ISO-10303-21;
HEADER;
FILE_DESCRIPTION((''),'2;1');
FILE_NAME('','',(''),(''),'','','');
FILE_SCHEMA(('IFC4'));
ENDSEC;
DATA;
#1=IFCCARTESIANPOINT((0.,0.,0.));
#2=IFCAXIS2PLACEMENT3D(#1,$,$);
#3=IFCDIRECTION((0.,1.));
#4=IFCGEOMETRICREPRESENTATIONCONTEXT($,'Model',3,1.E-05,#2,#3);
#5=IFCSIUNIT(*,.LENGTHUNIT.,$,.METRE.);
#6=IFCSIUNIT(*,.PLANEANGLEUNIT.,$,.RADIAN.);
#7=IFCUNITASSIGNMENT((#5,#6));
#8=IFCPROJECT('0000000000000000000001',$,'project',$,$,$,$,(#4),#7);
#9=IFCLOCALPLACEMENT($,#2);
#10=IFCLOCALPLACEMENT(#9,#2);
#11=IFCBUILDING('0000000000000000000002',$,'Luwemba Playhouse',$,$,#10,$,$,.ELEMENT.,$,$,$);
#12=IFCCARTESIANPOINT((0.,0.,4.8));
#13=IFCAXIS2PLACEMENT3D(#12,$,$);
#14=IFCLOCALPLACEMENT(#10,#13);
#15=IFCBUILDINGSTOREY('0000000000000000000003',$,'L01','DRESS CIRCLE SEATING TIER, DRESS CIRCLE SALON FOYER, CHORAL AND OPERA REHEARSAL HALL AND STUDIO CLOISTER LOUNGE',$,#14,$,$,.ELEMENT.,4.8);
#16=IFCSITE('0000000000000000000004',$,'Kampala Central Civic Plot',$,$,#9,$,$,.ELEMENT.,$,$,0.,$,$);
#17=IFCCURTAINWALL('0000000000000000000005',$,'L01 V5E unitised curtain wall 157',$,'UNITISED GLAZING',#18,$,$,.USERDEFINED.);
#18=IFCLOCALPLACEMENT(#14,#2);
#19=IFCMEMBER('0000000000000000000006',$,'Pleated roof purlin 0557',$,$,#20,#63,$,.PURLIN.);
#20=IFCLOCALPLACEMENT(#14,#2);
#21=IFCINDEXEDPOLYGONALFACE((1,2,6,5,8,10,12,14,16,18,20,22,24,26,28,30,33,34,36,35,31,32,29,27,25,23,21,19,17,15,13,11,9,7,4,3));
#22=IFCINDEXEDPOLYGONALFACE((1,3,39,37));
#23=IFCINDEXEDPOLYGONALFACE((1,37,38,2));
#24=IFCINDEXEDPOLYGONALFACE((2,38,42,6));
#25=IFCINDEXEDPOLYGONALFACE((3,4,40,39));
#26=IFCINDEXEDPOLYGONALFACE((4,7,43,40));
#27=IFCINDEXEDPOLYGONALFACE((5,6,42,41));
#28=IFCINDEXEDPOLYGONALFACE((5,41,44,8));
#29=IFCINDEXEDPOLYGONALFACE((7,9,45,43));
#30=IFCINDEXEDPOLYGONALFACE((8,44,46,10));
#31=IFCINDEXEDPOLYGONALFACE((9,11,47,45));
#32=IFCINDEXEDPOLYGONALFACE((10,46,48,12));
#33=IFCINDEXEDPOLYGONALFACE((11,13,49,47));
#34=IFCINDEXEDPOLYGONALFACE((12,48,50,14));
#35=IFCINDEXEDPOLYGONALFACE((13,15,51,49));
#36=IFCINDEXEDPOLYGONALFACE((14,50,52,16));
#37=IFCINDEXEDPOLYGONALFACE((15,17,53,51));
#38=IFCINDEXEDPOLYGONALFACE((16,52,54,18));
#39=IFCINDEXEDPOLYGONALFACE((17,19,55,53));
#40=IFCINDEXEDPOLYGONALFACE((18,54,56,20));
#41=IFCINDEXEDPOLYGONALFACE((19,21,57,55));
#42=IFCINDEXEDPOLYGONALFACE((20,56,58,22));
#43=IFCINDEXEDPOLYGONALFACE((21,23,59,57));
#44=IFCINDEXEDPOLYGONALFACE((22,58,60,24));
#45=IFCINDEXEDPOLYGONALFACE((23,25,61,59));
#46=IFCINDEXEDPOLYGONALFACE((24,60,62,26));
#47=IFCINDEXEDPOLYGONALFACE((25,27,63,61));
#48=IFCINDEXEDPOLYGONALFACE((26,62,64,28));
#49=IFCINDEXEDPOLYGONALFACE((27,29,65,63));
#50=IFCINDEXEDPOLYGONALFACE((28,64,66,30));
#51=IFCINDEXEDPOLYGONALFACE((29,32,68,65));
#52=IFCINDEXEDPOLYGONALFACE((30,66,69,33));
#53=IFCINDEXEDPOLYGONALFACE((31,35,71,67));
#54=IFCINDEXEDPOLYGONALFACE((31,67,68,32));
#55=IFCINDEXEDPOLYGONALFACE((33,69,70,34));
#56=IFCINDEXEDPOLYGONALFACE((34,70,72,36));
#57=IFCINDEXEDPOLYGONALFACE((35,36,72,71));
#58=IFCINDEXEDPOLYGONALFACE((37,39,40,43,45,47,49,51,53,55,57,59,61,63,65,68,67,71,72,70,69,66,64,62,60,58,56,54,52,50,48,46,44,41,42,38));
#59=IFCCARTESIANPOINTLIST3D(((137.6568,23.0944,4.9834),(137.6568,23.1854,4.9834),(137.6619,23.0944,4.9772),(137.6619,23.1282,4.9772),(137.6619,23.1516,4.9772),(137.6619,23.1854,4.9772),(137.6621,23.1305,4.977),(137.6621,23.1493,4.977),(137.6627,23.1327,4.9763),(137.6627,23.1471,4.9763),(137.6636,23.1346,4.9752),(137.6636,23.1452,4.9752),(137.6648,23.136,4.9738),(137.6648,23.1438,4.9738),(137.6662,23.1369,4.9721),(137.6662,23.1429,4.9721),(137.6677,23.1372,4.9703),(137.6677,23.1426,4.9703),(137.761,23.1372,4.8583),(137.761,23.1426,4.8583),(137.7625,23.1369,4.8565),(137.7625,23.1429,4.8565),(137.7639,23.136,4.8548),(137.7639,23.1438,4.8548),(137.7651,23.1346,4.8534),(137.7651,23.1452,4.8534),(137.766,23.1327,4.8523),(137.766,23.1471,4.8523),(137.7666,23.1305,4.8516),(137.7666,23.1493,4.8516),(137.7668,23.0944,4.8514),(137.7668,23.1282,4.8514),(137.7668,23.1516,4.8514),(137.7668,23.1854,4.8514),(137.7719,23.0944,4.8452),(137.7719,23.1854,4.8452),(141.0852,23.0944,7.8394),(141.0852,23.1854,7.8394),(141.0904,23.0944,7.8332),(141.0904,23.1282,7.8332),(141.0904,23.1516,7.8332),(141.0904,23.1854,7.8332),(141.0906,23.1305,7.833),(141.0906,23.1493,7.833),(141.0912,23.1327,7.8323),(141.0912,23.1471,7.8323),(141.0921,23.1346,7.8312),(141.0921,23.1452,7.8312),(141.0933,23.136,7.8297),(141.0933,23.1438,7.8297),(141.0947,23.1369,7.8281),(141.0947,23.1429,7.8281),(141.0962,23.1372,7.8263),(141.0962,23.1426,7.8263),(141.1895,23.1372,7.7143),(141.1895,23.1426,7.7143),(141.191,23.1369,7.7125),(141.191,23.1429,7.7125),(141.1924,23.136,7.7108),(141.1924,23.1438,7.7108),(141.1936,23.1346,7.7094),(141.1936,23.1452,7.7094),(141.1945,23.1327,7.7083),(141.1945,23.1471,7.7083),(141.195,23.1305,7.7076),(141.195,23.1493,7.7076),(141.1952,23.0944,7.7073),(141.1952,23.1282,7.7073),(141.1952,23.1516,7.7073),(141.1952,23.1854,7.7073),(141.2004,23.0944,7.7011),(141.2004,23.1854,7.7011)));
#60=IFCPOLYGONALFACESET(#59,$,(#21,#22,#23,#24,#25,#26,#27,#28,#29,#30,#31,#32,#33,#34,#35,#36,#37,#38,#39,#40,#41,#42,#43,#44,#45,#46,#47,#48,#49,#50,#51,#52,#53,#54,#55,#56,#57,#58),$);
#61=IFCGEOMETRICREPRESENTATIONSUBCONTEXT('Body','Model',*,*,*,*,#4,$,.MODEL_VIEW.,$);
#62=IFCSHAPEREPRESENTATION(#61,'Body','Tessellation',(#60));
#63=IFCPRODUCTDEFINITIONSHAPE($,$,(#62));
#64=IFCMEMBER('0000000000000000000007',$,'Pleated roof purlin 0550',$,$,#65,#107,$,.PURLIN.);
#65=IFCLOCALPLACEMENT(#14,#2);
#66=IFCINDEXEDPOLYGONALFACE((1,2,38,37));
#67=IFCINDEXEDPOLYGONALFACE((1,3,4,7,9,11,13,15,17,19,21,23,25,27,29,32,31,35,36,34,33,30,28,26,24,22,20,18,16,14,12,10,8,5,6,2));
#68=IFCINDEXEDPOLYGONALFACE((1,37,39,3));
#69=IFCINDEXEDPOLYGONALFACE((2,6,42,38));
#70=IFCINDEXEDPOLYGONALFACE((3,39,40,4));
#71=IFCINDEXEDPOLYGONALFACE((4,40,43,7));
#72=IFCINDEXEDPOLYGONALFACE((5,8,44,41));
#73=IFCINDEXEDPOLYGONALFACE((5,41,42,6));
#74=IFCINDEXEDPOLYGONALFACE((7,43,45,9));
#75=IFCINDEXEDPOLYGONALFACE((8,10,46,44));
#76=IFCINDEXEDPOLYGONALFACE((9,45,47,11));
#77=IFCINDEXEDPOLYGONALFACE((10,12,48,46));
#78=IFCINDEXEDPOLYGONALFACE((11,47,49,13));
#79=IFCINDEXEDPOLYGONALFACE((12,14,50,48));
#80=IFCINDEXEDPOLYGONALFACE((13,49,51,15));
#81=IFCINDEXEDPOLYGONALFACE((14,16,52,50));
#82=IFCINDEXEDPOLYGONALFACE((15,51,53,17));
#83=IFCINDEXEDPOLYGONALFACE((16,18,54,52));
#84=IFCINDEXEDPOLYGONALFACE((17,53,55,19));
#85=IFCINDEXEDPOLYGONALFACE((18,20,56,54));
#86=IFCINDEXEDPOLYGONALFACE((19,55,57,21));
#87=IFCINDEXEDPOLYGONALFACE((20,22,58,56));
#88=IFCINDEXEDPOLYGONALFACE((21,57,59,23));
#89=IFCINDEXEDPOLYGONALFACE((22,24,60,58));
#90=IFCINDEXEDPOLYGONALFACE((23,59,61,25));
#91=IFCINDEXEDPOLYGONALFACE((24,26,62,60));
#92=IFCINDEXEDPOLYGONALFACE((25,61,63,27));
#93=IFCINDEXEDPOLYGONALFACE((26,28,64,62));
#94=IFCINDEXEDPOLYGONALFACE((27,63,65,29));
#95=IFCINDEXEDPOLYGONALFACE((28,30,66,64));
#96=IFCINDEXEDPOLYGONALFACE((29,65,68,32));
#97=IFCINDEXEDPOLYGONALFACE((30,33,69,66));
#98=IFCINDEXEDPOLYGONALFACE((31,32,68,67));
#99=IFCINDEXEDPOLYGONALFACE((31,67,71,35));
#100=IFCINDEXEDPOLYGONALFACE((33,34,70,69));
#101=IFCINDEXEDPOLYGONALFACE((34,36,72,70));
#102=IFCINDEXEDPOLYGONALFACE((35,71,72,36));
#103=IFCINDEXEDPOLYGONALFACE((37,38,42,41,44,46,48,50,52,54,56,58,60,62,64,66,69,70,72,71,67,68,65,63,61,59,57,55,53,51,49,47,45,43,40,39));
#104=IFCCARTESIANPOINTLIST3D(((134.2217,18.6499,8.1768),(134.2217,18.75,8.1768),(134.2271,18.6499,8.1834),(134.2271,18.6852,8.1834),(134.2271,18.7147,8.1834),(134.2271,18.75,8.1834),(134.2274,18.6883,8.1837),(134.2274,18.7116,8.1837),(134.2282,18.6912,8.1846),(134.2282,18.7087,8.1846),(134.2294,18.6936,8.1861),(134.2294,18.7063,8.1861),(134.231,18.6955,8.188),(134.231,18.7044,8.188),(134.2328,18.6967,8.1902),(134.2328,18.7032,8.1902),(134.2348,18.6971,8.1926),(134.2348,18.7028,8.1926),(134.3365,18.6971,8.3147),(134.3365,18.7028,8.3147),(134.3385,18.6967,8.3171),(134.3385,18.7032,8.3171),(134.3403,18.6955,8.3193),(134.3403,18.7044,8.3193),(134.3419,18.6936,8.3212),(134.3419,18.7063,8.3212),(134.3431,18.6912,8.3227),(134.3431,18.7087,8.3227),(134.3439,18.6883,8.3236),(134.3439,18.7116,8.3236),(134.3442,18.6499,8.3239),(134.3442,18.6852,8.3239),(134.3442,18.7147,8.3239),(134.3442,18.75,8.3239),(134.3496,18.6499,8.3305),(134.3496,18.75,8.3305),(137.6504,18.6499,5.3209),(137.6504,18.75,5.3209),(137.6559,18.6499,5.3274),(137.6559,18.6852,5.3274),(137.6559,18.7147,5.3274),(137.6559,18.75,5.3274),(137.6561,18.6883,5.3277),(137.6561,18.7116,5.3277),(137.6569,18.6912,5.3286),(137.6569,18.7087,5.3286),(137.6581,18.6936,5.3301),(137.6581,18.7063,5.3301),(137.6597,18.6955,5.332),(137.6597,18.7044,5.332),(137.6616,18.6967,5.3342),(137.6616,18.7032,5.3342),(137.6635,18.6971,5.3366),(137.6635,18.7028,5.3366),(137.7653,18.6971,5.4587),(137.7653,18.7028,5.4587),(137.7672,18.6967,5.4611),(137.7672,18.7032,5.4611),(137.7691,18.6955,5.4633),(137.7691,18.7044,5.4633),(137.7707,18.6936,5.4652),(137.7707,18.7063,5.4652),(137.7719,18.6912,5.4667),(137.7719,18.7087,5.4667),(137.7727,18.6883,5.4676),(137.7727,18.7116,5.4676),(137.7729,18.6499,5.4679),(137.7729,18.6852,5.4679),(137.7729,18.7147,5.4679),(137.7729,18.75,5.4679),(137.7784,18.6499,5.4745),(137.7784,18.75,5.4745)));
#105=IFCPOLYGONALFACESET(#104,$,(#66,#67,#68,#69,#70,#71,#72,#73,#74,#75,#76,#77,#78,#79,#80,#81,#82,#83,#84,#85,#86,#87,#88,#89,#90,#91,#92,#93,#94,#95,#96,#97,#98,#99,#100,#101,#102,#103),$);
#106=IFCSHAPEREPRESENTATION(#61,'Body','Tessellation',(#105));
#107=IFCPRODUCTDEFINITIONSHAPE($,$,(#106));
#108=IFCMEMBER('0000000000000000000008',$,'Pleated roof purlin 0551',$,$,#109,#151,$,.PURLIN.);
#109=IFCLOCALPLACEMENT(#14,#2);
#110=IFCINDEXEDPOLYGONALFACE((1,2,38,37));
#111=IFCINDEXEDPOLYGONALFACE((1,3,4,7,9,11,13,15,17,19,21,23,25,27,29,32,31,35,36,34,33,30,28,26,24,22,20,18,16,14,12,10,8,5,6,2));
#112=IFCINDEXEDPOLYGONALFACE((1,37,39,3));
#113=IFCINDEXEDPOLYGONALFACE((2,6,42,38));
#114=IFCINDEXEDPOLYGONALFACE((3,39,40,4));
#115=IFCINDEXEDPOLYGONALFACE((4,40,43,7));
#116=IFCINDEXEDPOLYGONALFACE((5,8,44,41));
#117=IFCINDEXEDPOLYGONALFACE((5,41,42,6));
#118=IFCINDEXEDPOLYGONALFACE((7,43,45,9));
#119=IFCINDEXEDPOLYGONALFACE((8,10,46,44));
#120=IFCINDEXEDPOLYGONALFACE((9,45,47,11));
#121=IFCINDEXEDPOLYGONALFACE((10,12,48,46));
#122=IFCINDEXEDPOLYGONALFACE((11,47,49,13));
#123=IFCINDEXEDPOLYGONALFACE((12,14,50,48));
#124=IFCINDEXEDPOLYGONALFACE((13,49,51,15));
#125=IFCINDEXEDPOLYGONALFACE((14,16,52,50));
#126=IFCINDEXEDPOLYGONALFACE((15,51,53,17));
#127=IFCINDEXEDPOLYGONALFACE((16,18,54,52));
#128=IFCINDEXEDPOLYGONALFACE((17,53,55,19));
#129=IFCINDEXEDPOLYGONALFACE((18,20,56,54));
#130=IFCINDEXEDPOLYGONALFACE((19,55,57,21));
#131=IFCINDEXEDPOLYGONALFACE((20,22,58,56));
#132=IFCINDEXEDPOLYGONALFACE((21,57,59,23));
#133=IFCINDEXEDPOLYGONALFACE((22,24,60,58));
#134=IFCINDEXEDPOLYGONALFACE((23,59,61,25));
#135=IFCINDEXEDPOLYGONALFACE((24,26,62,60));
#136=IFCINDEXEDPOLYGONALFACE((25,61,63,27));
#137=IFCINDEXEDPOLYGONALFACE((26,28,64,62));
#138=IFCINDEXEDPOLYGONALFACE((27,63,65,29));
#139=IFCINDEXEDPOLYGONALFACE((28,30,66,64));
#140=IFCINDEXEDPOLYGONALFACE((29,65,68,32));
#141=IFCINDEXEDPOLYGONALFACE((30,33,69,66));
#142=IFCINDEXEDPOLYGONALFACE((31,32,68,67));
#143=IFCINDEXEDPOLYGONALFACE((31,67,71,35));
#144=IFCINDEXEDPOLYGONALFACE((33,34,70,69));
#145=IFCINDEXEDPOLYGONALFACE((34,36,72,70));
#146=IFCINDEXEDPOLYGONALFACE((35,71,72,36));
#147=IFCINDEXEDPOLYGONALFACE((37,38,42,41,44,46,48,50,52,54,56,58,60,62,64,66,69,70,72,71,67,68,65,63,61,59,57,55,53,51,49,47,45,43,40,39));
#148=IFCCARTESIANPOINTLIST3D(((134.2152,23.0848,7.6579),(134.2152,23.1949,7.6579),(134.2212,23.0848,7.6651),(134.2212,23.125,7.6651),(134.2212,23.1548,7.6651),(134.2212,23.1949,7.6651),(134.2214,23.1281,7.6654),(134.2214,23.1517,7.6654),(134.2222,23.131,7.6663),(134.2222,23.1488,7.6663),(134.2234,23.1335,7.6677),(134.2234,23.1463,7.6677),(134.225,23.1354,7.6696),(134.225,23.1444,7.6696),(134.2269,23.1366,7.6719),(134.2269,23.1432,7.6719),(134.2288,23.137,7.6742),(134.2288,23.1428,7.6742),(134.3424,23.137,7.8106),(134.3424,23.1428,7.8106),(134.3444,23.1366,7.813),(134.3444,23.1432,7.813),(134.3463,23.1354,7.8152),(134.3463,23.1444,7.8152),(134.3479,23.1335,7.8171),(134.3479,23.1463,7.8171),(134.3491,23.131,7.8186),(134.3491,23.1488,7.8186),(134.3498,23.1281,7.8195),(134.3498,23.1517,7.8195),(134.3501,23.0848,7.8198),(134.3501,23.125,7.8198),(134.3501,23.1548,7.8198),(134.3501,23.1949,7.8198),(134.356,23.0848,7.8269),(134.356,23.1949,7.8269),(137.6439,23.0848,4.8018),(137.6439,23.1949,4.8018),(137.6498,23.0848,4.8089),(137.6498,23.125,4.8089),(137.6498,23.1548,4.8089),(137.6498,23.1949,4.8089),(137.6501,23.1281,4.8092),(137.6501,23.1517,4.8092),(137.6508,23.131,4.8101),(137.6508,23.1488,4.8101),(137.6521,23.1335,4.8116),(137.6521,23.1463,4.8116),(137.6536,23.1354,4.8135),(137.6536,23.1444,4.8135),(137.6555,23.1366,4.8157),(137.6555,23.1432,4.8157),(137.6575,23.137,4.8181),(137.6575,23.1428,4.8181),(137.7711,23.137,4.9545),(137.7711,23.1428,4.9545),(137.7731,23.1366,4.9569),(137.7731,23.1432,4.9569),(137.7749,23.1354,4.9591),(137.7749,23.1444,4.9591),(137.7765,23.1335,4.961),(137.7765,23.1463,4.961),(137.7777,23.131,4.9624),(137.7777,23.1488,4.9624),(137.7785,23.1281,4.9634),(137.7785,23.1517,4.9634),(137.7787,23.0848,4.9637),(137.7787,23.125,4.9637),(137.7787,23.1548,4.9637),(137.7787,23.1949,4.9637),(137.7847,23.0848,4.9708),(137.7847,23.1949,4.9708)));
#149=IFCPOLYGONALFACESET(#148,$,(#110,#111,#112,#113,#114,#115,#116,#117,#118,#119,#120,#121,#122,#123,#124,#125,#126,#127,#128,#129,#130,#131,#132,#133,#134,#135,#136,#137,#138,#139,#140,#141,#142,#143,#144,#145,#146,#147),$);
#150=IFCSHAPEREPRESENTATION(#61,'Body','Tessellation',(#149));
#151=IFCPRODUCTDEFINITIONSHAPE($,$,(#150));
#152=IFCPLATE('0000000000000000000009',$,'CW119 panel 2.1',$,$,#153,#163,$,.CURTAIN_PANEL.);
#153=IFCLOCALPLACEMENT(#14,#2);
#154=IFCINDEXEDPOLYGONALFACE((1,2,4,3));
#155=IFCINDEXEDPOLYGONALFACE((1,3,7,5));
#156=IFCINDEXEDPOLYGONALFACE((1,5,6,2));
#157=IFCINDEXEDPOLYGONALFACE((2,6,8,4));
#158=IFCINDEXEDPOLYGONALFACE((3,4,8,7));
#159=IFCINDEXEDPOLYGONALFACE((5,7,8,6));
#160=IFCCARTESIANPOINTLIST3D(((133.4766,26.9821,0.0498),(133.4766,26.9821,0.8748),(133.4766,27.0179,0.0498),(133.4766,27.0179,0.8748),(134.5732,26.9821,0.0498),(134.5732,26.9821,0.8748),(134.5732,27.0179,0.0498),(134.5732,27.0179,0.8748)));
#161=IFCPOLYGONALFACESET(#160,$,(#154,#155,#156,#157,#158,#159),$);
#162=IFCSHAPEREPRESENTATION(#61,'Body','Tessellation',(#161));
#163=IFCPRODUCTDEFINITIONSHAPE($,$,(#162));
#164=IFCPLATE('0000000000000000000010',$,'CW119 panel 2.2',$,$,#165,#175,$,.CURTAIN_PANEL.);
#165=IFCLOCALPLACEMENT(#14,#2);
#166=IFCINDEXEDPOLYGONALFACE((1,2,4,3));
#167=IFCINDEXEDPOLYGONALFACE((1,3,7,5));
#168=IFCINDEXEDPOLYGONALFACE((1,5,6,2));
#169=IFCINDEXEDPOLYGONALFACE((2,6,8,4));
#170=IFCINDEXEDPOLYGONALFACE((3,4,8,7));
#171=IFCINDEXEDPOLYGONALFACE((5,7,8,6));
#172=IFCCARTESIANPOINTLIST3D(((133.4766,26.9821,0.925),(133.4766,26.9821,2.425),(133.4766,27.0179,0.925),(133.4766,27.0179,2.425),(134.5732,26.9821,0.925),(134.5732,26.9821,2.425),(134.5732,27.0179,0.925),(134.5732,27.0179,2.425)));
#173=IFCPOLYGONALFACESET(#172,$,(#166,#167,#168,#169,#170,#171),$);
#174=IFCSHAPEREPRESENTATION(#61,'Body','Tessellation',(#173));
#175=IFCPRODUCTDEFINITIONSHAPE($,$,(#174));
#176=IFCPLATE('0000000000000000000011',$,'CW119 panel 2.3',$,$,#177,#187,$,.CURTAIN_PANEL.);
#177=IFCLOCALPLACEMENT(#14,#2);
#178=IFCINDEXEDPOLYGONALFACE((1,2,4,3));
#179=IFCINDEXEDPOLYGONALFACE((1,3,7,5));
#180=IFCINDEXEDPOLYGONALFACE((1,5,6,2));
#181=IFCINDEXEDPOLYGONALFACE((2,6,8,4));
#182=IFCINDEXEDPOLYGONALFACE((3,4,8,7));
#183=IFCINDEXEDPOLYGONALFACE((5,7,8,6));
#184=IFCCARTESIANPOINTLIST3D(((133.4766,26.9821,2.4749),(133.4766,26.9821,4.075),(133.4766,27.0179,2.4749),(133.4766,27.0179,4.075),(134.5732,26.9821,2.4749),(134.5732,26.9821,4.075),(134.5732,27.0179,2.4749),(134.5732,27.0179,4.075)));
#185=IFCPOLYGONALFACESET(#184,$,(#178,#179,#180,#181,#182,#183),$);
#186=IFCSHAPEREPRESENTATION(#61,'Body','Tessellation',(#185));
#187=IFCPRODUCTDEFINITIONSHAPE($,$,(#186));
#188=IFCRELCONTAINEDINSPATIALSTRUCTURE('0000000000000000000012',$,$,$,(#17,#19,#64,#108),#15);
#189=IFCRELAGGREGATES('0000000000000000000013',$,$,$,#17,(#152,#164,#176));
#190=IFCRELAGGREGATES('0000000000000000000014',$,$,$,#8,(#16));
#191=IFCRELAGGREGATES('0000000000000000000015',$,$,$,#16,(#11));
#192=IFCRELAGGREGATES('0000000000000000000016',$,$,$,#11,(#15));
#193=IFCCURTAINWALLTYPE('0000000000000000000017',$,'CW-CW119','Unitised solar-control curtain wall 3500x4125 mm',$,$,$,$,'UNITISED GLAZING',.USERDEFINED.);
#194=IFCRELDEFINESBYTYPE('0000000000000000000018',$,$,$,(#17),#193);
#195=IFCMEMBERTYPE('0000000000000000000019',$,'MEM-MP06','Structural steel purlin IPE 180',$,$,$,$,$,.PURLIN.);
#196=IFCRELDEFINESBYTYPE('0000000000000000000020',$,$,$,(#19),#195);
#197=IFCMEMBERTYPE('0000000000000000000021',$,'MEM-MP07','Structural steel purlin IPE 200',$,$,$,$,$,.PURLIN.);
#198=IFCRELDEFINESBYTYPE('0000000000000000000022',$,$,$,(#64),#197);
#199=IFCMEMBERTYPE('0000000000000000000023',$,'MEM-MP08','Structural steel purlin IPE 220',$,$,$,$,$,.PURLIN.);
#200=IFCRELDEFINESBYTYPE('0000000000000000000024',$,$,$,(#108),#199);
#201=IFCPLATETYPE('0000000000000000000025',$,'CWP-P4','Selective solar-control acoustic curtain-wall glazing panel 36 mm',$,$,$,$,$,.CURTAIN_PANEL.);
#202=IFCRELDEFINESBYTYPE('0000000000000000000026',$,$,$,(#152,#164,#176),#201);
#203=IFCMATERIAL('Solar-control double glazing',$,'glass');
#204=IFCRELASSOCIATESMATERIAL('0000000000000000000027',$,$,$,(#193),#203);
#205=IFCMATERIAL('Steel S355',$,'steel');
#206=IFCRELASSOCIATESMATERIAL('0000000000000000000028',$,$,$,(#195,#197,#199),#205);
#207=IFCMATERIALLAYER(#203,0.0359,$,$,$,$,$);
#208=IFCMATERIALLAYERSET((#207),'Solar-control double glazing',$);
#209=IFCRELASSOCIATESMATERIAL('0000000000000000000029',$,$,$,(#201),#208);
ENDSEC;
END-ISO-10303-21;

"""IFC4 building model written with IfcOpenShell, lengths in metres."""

from ifc_helpers import new_model, si_unit, direction, frame, origin, origin_2d, place, context, subcontext, project, spatial, rectangle, i_section, extrude, material, layer, layer_set, material_profile, profile_set, type_object, element, aggregate, save


model = new_model("IFC4")

# Units and contexts
model_context = context("Model", 3, precision=1e-05, world=origin(), true_north=direction((0.0, 1.0)))
body_context = subcontext(model_context, "Body", "Model", "MODEL_VIEW")
ifc_project = project(units=[si_unit("LENGTHUNIT", "METRE"), si_unit("PLANEANGLEUNIT", "RADIAN")], contexts=[model_context])

# Site, building, storey
site_placement = place(None, origin())
site = spatial("IfcSite", under=ifc_project, at=site_placement, Name="Kampala Central Civic Plot", CompositionType="ELEMENT", RefElevation=0.0)
building_placement = place(site_placement, origin())
building = spatial("IfcBuilding", under=site, at=building_placement, Name="Luwemba Playhouse", CompositionType="ELEMENT")
storey_placement = place(building_placement, frame((0.0, 0.0, 4.8)))
storey = spatial("IfcBuildingStorey", under=building, at=storey_placement, Name="L01", Description="DRESS CIRCLE SEATING TIER, DRESS CIRCLE SALON FOYER, CHORAL AND OPERA REHEARSAL HALL AND STUDIO CLOISTER LOUNGE", CompositionType="ELEMENT", Elevation=4.8)

# Shared definitions
ifc_material_1 = material(Name="Steel S355", Category="steel")

# Curtain wall
ifc_material_2 = material(Name="Solar-control double glazing", Category="glass")
curtain_wall_type = type_object("IfcCurtainWallType", Name="CW-CW119", Description="Unitised solar-control curtain wall 3500x4125 mm", ElementType="UNITISED GLAZING", PredefinedType="USERDEFINED", material=ifc_material_2)
curtain_wall_placement = place(storey_placement, origin())
curtain_wall = element("IfcCurtainWall", 1, at=curtain_wall_placement, inside=storey, type_object=curtain_wall_type, Name="L01 V5E unitised curtain wall 157", ObjectType="UNITISED GLAZING", PredefinedType="USERDEFINED")

# Members
ifc_material_profile_1 = material_profile(ifc_material_1, i_section(OverallWidth=0.0911, OverallDepth=0.1799, WebThickness=0.0054, FlangeThickness=0.0081, FilletRadius=0.009, at=origin_2d()))
ifc_profile_set_1 = profile_set([ifc_material_profile_1], Name="Steel S355")
member_type_1 = type_object("IfcMemberType", Name="MEM-MP06", Description="Structural steel purlin IPE 180", PredefinedType="PURLIN", material=ifc_profile_set_1)
member_1_placement = place(storey_placement, frame((137.7144, 23.1399, 4.9143), z_axis=(0.768342, 0.0, 0.640039), x_axis=(0.0, 1.0, 0.0)))
element("IfcMember", 2, at=member_1_placement, inside=storey, type_object=member_type_1, Name="Pleated roof purlin 0557", PredefinedType="PURLIN", context=body_context, shape_type="SweptSolid", body=[
    extrude(i_section(OverallWidth=0.0911, OverallDepth=0.1799, WebThickness=0.0054, FlangeThickness=0.0081, FilletRadius=0.009, at=origin_2d()), origin(), (0.0, 0.0, 1.0), 4.4622),
])
ifc_material_profile_2 = material_profile(ifc_material_1, i_section(OverallWidth=0.1001, OverallDepth=0.2, WebThickness=0.0056, FlangeThickness=0.0085, FilletRadius=0.012, at=origin_2d()))
ifc_profile_set_2 = profile_set([ifc_material_profile_2], Name="Steel S355")
member_type_2 = type_object("IfcMemberType", Name="MEM-MP07", Description="Structural steel purlin IPE 200", PredefinedType="PURLIN", material=ifc_profile_set_2)
member_2_placement = place(storey_placement, frame((134.2856, 18.7, 8.2537), z_axis=(0.768365, 0.0, -0.640012), x_axis=(0.0, 1.0, 0.0)))
element("IfcMember", 3, at=member_2_placement, inside=storey, type_object=member_type_2, Name="Pleated roof purlin 0550", PredefinedType="PURLIN", context=body_context, shape_type="SweptSolid", body=[
    extrude(i_section(OverallWidth=0.1001, OverallDepth=0.2, WebThickness=0.0056, FlangeThickness=0.0085, FilletRadius=0.012, at=origin_2d()), origin(), (0.0, 0.0, 1.0), 4.4624),
])
ifc_material_profile_3 = material_profile(ifc_material_1, i_section(OverallWidth=0.1101, OverallDepth=0.22, WebThickness=0.0059, FlangeThickness=0.0093, FilletRadius=0.012, at=origin_2d()))
ifc_profile_set_3 = profile_set([ifc_material_profile_3], Name="Steel S355")
member_type_3 = type_object("IfcMemberType", Name="MEM-MP08", Description="Structural steel purlin IPE 220", PredefinedType="PURLIN", material=ifc_profile_set_3)
member_3_placement = place(storey_placement, frame((134.2856, 23.1399, 7.7424), z_axis=(0.768338, 0.0, -0.640044), x_axis=(0.0, 1.0, 0.0)))
element("IfcMember", 4, at=member_3_placement, inside=storey, type_object=member_type_3, Name="Pleated roof purlin 0551", PredefinedType="PURLIN", context=body_context, shape_type="SweptSolid", body=[
    extrude(i_section(OverallWidth=0.1101, OverallDepth=0.22, WebThickness=0.0059, FlangeThickness=0.0093, FilletRadius=0.012, at=origin_2d()), origin(), (0.0, 0.0, 1.0), 4.4624),
])

# Plates
ifc_layer_1 = layer(ifc_material_2, 0.0359)
ifc_layer_set_1 = layer_set([ifc_layer_1], Name="Solar-control double glazing")
plate_type_1 = type_object("IfcPlateType", Name="CWP-P4", Description="Selective solar-control acoustic curtain-wall glazing panel 36 mm", PredefinedType="CURTAIN_PANEL", material=ifc_layer_set_1)
plate_1_placement = place(storey_placement, frame((134.0249, 27.0, 0.0498), z_axis=(0.0, 0.0, 1.0), x_axis=(1.0, 0.0, 0.0)))
plate_1 = element("IfcPlate", 5, at=plate_1_placement, type_object=plate_type_1, Name="CW119 panel 2.1", PredefinedType="CURTAIN_PANEL", context=body_context, shape_type="SweptSolid", body=[
    extrude(rectangle(XDim=1.0967, YDim=0.0359, at=origin_2d()), origin(), (0.0, 0.0, 1.0), 0.825),
])
plate_2_placement = place(storey_placement, frame((134.0249, 27.0, 0.925), z_axis=(0.0, 0.0, 1.0), x_axis=(1.0, 0.0, 0.0)))
plate_2 = element("IfcPlate", 6, at=plate_2_placement, type_object=plate_type_1, Name="CW119 panel 2.2", PredefinedType="CURTAIN_PANEL", context=body_context, shape_type="SweptSolid", body=[
    extrude(rectangle(XDim=1.0967, YDim=0.0359, at=origin_2d()), origin(), (0.0, 0.0, 1.0), 1.5),
])
plate_3_placement = place(storey_placement, frame((134.0249, 27.0, 2.4749), z_axis=(0.0, 0.0, 1.0), x_axis=(1.0, 0.0, 0.0)))
plate_3 = element("IfcPlate", 7, at=plate_3_placement, type_object=plate_type_1, Name="CW119 panel 2.3", PredefinedType="CURTAIN_PANEL", context=body_context, shape_type="SweptSolid", body=[
    extrude(rectangle(XDim=1.0967, YDim=0.0359, at=origin_2d()), origin(), (0.0, 0.0, 1.0), 1.6001),
])
aggregate(curtain_wall, [plate_1, plate_2, plate_3])

save(model, "model.ifc")
